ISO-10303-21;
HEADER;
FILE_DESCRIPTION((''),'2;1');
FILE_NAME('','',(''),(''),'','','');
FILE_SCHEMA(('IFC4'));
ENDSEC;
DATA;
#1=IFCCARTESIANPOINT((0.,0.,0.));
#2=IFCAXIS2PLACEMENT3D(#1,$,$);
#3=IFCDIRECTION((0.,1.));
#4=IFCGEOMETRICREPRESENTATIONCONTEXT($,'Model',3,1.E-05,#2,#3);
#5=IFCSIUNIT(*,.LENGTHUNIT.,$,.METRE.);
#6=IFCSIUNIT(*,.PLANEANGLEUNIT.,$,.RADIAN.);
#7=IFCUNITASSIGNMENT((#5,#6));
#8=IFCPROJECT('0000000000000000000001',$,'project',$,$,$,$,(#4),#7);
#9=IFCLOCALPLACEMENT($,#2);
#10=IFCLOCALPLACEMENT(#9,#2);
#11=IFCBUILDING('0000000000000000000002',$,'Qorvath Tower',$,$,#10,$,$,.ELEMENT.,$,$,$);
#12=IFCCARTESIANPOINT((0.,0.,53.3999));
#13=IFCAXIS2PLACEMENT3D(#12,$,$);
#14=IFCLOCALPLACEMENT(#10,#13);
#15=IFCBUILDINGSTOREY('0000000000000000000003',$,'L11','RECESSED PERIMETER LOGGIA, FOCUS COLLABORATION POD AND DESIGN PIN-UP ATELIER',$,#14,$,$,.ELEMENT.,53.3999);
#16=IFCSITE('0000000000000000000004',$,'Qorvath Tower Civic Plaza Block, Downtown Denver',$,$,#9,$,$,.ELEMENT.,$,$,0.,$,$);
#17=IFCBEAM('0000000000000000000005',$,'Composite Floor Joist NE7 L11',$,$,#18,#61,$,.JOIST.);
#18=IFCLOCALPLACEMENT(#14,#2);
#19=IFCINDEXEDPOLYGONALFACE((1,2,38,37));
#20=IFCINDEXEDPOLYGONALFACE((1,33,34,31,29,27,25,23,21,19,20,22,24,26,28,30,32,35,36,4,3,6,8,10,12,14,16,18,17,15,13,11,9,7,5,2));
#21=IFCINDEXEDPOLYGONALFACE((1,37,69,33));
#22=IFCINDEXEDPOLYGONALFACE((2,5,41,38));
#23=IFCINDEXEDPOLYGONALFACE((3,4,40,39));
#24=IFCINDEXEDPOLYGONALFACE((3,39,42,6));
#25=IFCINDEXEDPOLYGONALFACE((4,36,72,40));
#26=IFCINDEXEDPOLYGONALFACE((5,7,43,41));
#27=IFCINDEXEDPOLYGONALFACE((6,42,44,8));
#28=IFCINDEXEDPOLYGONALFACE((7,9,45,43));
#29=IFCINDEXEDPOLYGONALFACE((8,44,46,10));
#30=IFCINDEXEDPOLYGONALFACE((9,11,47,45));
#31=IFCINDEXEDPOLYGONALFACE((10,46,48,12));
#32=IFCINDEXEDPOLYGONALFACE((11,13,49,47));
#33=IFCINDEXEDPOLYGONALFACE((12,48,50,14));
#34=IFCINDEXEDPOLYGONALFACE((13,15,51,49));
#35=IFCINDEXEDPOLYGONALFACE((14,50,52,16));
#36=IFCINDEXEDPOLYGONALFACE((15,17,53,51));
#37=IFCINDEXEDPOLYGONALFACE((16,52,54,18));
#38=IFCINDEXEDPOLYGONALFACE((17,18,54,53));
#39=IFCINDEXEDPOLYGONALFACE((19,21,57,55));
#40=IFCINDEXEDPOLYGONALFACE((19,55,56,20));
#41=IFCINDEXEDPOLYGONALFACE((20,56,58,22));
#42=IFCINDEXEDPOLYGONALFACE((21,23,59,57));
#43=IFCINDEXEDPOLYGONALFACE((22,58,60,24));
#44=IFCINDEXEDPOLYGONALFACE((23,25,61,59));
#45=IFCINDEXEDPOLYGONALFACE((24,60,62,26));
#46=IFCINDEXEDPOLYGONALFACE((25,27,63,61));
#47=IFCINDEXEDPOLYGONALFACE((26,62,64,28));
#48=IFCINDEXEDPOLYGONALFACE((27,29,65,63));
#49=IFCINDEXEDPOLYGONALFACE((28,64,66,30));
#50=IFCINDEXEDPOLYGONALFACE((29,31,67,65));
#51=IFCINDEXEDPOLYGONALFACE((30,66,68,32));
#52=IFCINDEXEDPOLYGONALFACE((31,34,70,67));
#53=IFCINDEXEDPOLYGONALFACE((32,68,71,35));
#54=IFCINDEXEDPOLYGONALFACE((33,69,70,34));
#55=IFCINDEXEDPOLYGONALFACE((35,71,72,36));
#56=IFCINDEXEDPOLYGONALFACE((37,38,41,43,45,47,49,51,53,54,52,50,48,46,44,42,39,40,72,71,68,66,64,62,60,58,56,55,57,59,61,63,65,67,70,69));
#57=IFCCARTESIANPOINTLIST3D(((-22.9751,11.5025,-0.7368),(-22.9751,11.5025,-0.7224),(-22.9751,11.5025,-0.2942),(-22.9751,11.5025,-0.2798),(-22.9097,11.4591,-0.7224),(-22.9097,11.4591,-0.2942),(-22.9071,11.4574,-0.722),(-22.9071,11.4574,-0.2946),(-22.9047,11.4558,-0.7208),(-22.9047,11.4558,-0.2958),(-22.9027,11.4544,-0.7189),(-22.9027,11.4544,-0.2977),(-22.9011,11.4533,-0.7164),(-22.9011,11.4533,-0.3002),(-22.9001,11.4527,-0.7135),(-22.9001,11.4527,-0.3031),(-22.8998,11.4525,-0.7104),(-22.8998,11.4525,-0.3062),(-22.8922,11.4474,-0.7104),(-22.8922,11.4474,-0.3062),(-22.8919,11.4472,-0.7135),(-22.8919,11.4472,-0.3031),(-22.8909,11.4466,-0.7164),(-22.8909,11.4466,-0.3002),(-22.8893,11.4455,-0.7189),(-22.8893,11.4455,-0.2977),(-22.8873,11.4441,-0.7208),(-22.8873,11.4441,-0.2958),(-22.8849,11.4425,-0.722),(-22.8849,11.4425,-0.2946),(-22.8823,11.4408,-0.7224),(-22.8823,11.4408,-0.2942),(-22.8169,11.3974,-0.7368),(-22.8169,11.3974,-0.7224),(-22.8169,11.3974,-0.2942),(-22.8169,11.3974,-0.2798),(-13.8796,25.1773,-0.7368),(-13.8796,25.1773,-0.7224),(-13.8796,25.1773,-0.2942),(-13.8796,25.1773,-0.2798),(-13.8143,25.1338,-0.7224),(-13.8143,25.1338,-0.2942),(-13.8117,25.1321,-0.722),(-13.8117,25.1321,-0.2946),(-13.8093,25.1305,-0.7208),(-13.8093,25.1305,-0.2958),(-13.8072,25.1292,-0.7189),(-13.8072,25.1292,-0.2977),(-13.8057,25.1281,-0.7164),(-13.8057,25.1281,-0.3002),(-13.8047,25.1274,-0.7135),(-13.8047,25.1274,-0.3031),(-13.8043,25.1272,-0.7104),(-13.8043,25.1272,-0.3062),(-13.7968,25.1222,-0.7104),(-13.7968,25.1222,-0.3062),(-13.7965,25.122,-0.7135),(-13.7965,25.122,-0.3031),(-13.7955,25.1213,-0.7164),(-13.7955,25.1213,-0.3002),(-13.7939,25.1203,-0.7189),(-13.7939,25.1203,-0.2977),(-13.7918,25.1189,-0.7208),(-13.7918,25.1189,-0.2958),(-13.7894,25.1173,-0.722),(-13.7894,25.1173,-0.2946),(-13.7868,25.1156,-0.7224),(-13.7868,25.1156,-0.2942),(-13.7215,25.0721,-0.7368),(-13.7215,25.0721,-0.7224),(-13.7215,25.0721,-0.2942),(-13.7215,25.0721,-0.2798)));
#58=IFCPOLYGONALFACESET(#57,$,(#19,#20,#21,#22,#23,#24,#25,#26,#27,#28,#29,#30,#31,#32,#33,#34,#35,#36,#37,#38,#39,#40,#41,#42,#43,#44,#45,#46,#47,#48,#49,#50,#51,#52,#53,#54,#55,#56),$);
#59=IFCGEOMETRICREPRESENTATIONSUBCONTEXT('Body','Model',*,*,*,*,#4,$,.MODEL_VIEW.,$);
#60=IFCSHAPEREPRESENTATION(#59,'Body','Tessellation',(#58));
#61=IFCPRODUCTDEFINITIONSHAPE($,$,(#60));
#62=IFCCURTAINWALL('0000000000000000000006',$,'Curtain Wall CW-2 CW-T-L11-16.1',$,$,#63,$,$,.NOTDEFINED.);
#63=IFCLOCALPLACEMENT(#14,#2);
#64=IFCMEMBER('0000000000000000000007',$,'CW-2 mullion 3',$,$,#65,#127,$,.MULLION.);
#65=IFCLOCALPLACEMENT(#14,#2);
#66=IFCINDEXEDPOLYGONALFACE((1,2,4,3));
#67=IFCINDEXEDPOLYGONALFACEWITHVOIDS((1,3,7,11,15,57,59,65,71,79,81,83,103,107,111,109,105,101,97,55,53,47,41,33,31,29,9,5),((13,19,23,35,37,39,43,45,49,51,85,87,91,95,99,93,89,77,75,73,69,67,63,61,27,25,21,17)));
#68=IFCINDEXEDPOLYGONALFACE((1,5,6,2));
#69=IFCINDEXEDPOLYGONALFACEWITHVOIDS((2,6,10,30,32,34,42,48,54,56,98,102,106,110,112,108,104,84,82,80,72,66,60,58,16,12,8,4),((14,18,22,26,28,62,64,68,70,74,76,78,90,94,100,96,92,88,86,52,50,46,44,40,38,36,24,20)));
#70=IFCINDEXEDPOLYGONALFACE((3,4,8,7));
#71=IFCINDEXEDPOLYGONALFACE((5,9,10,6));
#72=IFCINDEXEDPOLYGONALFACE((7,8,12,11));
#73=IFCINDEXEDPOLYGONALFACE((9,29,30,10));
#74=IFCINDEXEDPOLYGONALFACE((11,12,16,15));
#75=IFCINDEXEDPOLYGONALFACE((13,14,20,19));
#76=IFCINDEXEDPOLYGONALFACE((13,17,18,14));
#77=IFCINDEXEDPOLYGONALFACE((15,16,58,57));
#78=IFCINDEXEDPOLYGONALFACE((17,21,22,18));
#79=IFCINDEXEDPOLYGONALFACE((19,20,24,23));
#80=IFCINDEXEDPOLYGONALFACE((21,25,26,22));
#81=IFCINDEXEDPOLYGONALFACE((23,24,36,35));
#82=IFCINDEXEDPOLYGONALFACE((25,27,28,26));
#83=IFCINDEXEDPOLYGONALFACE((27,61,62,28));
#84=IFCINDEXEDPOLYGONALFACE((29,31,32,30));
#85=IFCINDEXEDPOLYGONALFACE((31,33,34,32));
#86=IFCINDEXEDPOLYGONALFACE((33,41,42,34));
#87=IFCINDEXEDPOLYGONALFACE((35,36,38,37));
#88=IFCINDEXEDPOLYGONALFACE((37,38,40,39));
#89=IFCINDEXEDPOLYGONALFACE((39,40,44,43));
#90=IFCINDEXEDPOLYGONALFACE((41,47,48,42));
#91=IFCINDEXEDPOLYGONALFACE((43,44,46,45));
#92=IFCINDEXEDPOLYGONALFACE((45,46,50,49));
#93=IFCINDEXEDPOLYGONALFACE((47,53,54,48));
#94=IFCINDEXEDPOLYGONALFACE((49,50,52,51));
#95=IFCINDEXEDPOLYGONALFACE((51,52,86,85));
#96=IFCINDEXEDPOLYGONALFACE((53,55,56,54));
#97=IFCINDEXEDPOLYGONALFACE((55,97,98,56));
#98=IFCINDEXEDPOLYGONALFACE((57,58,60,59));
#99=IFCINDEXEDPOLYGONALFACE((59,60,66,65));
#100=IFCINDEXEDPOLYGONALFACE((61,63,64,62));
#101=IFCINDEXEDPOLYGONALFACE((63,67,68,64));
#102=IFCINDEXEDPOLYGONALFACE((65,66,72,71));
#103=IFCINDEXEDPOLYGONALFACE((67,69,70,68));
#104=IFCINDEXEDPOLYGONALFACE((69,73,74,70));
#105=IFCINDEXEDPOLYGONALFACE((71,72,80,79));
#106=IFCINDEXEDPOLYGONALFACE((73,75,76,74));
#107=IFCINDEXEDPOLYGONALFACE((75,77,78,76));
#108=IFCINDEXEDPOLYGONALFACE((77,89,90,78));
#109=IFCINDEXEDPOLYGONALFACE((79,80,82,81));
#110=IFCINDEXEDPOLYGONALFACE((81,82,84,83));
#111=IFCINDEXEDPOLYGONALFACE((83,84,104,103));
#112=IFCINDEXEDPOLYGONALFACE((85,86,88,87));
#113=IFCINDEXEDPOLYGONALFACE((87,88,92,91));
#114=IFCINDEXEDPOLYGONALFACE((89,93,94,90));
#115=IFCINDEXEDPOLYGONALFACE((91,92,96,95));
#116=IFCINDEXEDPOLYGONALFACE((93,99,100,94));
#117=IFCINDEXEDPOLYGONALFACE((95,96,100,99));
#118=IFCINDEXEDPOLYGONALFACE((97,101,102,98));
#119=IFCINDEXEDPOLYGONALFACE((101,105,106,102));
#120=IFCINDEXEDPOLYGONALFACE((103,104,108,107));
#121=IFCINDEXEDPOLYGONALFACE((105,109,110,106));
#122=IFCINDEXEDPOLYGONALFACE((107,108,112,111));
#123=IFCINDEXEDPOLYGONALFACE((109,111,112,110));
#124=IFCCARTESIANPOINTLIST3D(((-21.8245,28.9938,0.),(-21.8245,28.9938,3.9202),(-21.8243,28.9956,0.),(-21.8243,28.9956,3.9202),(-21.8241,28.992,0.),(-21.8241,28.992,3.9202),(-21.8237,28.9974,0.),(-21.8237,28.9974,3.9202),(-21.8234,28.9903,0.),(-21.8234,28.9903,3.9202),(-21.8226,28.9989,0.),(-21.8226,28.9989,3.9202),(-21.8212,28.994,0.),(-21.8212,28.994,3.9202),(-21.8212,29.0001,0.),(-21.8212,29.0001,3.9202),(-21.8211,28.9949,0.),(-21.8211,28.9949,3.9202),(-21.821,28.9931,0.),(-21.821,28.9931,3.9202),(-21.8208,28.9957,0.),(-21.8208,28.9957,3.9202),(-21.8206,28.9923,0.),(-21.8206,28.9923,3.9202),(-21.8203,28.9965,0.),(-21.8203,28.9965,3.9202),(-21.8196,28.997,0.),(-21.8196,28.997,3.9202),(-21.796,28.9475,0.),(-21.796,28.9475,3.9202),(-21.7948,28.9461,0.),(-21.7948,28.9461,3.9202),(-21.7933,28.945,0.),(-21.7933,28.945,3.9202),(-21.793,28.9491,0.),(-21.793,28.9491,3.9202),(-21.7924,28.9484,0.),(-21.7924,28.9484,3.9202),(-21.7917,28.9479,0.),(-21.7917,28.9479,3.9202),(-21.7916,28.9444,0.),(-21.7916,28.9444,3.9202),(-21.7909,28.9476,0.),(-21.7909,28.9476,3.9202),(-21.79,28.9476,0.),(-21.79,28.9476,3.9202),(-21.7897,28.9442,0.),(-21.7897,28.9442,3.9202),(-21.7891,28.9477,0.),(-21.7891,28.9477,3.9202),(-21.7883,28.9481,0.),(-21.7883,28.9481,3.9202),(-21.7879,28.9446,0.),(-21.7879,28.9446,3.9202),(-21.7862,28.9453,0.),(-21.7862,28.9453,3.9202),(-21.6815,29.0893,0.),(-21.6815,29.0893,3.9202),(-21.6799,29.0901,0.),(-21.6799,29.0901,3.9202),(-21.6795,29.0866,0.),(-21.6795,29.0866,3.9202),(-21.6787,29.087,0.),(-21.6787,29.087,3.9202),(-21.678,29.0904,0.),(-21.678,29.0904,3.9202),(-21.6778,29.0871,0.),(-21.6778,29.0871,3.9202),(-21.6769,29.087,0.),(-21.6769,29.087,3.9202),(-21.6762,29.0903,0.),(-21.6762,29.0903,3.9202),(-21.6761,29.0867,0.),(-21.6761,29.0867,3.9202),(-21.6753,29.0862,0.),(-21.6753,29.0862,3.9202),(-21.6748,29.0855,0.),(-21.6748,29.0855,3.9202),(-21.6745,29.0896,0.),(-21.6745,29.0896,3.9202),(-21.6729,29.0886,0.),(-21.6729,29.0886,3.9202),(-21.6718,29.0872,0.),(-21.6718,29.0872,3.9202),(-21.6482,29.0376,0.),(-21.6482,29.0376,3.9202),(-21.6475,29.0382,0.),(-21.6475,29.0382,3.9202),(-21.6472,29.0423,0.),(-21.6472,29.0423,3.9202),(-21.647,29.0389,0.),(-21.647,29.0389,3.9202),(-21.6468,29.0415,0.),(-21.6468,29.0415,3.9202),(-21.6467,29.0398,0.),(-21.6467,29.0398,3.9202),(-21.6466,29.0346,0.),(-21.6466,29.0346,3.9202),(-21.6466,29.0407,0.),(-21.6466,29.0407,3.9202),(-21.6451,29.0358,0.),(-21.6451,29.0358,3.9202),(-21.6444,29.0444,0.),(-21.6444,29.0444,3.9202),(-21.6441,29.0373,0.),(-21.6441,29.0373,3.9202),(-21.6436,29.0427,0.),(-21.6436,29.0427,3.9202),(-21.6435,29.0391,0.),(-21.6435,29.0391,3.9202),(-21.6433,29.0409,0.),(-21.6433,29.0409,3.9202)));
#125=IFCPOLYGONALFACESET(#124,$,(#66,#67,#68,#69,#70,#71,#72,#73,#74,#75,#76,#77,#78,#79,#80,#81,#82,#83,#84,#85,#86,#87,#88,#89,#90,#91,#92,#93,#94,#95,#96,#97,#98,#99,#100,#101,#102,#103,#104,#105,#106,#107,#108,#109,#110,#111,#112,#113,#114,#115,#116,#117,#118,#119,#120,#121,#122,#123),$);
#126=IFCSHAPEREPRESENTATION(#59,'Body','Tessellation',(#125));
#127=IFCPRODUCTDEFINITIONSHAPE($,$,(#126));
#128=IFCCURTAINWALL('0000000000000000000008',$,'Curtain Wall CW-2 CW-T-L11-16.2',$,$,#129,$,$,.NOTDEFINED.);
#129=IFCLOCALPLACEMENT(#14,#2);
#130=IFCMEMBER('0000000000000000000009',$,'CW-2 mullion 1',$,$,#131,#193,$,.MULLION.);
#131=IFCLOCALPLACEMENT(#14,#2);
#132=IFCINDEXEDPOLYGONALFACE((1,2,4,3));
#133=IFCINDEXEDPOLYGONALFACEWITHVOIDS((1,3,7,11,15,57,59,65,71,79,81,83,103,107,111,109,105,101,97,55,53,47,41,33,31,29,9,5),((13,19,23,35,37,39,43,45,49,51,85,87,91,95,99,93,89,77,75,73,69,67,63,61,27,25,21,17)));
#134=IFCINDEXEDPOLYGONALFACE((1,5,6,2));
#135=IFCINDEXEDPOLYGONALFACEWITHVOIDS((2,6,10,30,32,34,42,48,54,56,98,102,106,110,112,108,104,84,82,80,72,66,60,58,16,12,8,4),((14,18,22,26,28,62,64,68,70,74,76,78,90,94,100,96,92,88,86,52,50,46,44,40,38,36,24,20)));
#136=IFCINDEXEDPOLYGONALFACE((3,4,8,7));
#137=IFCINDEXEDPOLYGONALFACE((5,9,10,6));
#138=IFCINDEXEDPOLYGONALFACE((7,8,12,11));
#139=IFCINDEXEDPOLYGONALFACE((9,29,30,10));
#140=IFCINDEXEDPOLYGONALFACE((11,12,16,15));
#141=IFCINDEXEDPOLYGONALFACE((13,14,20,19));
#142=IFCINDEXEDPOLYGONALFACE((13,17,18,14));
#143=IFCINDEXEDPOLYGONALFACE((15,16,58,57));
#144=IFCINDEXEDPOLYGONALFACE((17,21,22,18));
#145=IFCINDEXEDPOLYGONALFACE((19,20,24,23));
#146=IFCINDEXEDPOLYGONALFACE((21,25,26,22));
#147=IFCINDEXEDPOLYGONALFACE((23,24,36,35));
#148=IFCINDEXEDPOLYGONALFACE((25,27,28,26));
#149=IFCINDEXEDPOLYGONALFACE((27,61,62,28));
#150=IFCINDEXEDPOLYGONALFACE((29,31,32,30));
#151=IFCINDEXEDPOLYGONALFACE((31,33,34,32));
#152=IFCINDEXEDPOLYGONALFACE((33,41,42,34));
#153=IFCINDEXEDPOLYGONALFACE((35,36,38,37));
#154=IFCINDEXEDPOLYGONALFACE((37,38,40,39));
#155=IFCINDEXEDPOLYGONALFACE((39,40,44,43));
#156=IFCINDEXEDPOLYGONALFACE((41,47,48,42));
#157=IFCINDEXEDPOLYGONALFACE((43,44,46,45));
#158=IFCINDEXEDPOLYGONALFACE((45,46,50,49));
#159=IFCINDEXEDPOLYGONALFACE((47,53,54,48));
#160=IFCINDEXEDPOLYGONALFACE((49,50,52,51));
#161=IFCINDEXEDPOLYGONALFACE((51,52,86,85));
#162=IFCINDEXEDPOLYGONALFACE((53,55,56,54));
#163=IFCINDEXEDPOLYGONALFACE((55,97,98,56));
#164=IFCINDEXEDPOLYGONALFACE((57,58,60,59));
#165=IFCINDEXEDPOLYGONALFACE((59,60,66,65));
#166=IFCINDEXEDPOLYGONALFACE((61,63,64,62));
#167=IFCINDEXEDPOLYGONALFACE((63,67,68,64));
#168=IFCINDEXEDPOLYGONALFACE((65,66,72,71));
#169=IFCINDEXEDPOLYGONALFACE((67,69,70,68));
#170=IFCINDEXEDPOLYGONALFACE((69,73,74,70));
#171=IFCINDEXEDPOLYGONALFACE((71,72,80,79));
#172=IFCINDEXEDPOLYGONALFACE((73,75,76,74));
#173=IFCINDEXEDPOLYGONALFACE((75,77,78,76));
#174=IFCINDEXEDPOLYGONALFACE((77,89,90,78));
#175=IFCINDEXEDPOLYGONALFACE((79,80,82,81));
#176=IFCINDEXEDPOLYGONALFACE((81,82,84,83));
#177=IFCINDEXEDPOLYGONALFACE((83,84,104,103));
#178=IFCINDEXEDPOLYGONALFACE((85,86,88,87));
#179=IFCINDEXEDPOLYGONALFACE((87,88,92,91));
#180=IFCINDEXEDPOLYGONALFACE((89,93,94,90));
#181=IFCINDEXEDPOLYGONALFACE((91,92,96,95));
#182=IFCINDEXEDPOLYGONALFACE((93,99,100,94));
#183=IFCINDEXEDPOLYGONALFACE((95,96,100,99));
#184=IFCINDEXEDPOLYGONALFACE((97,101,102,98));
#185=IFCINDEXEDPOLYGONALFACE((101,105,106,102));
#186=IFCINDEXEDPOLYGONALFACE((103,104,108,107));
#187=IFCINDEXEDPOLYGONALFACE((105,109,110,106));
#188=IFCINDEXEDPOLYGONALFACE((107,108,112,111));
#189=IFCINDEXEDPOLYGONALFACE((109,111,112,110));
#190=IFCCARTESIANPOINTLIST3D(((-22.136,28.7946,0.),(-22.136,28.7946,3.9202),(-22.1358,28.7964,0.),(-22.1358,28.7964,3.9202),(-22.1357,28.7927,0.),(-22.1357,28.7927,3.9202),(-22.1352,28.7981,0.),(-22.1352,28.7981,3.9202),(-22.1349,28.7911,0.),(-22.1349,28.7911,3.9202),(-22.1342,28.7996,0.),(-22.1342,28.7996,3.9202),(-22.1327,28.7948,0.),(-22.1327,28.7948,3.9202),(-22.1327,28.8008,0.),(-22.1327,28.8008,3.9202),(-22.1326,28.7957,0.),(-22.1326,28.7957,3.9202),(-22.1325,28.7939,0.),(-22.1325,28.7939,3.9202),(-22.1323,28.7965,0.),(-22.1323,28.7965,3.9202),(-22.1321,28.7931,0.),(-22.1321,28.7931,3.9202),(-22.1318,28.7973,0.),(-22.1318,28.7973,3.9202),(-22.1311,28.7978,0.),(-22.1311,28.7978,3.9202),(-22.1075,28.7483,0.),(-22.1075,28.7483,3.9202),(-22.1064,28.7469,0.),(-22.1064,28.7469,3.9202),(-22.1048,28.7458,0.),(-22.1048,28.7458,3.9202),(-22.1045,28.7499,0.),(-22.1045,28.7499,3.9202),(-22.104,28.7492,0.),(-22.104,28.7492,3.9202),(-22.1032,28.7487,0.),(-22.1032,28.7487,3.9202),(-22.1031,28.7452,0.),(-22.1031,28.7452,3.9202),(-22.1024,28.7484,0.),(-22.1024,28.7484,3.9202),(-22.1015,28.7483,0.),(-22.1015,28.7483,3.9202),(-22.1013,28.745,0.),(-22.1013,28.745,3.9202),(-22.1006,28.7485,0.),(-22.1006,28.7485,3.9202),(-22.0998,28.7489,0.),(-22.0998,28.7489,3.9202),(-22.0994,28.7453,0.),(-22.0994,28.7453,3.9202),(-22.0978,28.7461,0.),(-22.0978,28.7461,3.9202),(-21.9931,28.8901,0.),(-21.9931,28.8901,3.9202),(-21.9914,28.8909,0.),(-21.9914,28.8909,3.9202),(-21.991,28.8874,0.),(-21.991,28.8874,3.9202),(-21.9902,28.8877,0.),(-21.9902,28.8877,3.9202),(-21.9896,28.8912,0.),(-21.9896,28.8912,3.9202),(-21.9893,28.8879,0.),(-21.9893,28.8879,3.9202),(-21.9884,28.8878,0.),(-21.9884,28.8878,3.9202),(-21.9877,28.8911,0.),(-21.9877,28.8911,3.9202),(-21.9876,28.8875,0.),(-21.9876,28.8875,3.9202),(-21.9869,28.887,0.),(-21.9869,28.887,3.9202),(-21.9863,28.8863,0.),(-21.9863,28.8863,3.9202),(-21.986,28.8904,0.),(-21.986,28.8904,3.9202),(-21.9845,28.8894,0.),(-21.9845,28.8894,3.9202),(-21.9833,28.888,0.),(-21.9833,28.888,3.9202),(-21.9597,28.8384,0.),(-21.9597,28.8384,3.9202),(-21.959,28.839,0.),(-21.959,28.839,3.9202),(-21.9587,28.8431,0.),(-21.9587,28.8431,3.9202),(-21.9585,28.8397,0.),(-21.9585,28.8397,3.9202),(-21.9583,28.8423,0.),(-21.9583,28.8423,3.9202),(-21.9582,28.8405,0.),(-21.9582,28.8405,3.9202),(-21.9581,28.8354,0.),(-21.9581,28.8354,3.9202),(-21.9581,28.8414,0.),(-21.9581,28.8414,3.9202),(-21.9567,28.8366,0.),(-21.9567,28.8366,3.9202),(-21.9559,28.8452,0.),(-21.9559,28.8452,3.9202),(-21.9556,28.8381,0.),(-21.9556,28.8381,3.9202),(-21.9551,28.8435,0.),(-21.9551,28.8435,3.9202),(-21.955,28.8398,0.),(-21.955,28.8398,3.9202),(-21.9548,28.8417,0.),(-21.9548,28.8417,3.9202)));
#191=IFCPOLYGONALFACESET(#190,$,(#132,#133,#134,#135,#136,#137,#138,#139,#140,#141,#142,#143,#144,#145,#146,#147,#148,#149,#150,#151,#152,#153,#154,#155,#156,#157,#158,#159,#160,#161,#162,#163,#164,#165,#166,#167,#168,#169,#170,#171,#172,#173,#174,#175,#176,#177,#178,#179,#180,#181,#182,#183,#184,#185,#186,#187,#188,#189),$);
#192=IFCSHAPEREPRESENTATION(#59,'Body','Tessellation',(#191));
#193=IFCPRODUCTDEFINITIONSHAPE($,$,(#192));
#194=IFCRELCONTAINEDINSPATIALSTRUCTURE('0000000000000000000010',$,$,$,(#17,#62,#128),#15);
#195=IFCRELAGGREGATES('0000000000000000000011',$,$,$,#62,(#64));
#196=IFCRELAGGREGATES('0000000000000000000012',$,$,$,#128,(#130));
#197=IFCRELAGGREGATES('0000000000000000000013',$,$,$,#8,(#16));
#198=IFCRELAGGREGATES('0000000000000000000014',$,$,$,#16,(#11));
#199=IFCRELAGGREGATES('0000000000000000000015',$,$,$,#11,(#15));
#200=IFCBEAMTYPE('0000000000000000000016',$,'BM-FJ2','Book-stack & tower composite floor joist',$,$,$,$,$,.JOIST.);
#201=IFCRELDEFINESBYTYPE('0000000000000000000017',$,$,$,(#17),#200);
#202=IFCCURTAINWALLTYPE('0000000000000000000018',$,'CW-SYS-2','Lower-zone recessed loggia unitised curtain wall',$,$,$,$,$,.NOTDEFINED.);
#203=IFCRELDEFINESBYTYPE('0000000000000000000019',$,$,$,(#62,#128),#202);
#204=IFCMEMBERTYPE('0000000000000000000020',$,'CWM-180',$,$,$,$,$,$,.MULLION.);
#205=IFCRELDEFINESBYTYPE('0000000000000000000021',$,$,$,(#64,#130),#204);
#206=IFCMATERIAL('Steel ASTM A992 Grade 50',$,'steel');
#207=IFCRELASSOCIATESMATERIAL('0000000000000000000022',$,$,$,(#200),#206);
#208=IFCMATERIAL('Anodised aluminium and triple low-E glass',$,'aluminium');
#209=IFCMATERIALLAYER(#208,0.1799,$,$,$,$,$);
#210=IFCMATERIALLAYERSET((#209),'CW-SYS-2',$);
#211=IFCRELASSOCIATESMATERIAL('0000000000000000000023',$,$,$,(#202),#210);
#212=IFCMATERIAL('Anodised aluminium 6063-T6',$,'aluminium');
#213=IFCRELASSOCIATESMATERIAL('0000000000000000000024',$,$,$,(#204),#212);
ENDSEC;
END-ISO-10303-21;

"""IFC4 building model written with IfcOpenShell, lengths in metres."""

from ifc_helpers import new_model, si_unit, direction, frame, origin, origin_2d, place, context, subcontext, project, spatial, hollow_rectangle, i_section, extrude, material, layer, layer_set, material_profile, profile_set, type_object, element, aggregate, save


model = new_model("IFC4")

# Units and contexts
model_context = context("Model", 3, precision=1e-05, world=origin(), true_north=direction((0.0, 1.0)))
body_context = subcontext(model_context, "Body", "Model", "MODEL_VIEW")
ifc_project = project(units=[si_unit("LENGTHUNIT", "METRE"), si_unit("PLANEANGLEUNIT", "RADIAN")], contexts=[model_context])

# Site, building, storey
site_placement = place(None, origin())
site = spatial("IfcSite", under=ifc_project, at=site_placement, Name="Qorvath Tower Civic Plaza Block, Downtown Denver", CompositionType="ELEMENT", RefElevation=0.0)
building_placement = place(site_placement, origin())
building = spatial("IfcBuilding", under=site, at=building_placement, Name="Qorvath Tower", CompositionType="ELEMENT")
storey_placement = place(building_placement, frame((0.0, 0.0, 53.3999)))
storey = spatial("IfcBuildingStorey", under=building, at=storey_placement, Name="L11", Description="RECESSED PERIMETER LOGGIA, FOCUS COLLABORATION POD AND DESIGN PIN-UP ATELIER", CompositionType="ELEMENT", Elevation=53.3999)

# Beam
ifc_material_1 = material(Name="Steel ASTM A992 Grade 50", Category="steel")
ifc_material_profile_1 = material_profile(ifc_material_1, i_section(OverallWidth=0.1899, OverallDepth=0.457, WebThickness=0.009, FlangeThickness=0.0144, FilletRadius=0.012, at=origin_2d()), Name="W18x50")
ifc_profile_set_1 = profile_set([ifc_material_profile_1], Name="Steel ASTM A992 Grade 50")
beam_type_1 = type_object("IfcBeamType", Name="BM-FJ2", Description="Book-stack & tower composite floor joist", PredefinedType="JOIST", material=ifc_profile_set_1)
beam_1_placement = place(storey_placement, frame((-22.896, 11.45, -0.5083), z_axis=(0.553811, 0.832642, 0.0), x_axis=(-0.832642, 0.553811, 0.0)))
element("IfcBeam", 1, at=beam_1_placement, inside=storey, type_object=beam_type_1, Name="Composite Floor Joist NE7 L11", PredefinedType="JOIST", context=body_context, shape_type="SweptSolid", body=[
    extrude(i_section(OverallWidth=0.1899, OverallDepth=0.457, WebThickness=0.009, FlangeThickness=0.0144, FilletRadius=0.012, at=origin_2d()), origin(), (0.0, 0.0, 1.0), 16.4233),
])

# Curtain wall, member
ifc_material_2 = material(Name="Anodised aluminium and triple low-E glass", Category="aluminium")
ifc_layer_1 = layer(ifc_material_2, 0.1799)
ifc_layer_set_1 = layer_set([ifc_layer_1], Name="CW-SYS-2")
curtain_wall_type = type_object("IfcCurtainWallType", Name="CW-SYS-2", Description="Lower-zone recessed loggia unitised curtain wall", PredefinedType="NOTDEFINED", material=ifc_layer_set_1)
curtain_wall_1_placement = place(storey_placement, origin())
curtain_wall_1 = element("IfcCurtainWall", 2, at=curtain_wall_1_placement, inside=storey, type_object=curtain_wall_type, Name="Curtain Wall CW-2 CW-T-L11-16.1", PredefinedType="NOTDEFINED")
ifc_material_3 = material(Name="Anodised aluminium 6063-T6", Category="aluminium")
ifc_material_profile_2 = material_profile(ifc_material_3, hollow_rectangle(XDim=0.0649, YDim=0.1799, WallThickness=0.0034, InnerFilletRadius=0.0034, OuterFilletRadius=0.0071, at=origin_2d()), Name="CWM 180x65")
ifc_profile_set_2 = profile_set([ifc_material_profile_2], Name="Anodised aluminium 6063-T6")
member_type_1 = type_object("IfcMemberType", Name="CWM-180", PredefinedType="MULLION", material=ifc_profile_set_2)
member_1_placement = place(storey_placement, frame((-21.7339, 29.0173, 0.0), z_axis=(0.0, 0.0, 1.0), x_axis=(0.538533, -0.842604, 0.0)))
member_1 = element("IfcMember", 3, at=member_1_placement, type_object=member_type_1, Name="CW-2 mullion 3", PredefinedType="MULLION", context=body_context, shape_type="SweptSolid", body=[
    extrude(hollow_rectangle(XDim=0.0649, YDim=0.1799, WallThickness=0.0034, InnerFilletRadius=0.0034, OuterFilletRadius=0.0071, at=origin_2d()), origin(), (0.0, 0.0, 1.0), 3.9202),
])

# Curtain wall, member
curtain_wall_2_placement = place(storey_placement, origin())
curtain_wall_2 = element("IfcCurtainWall", 4, at=curtain_wall_2_placement, inside=storey, type_object=curtain_wall_type, Name="Curtain Wall CW-2 CW-T-L11-16.2", PredefinedType="NOTDEFINED")
member_2_placement = place(storey_placement, frame((-22.0454, 28.8181, 0.0), z_axis=(0.0, 0.0, 1.0), x_axis=(0.538541, -0.842599, 0.0)))
member_2 = element("IfcMember", 5, at=member_2_placement, type_object=member_type_1, Name="CW-2 mullion 1", PredefinedType="MULLION", context=body_context, shape_type="SweptSolid", body=[
    extrude(hollow_rectangle(XDim=0.0649, YDim=0.1799, WallThickness=0.0034, InnerFilletRadius=0.0034, OuterFilletRadius=0.0071, at=origin_2d()), origin(), (0.0, 0.0, 1.0), 3.9202),
])

aggregate(curtain_wall_1, [member_1])
aggregate(curtain_wall_2, [member_2])

save(model, "model.ifc")
